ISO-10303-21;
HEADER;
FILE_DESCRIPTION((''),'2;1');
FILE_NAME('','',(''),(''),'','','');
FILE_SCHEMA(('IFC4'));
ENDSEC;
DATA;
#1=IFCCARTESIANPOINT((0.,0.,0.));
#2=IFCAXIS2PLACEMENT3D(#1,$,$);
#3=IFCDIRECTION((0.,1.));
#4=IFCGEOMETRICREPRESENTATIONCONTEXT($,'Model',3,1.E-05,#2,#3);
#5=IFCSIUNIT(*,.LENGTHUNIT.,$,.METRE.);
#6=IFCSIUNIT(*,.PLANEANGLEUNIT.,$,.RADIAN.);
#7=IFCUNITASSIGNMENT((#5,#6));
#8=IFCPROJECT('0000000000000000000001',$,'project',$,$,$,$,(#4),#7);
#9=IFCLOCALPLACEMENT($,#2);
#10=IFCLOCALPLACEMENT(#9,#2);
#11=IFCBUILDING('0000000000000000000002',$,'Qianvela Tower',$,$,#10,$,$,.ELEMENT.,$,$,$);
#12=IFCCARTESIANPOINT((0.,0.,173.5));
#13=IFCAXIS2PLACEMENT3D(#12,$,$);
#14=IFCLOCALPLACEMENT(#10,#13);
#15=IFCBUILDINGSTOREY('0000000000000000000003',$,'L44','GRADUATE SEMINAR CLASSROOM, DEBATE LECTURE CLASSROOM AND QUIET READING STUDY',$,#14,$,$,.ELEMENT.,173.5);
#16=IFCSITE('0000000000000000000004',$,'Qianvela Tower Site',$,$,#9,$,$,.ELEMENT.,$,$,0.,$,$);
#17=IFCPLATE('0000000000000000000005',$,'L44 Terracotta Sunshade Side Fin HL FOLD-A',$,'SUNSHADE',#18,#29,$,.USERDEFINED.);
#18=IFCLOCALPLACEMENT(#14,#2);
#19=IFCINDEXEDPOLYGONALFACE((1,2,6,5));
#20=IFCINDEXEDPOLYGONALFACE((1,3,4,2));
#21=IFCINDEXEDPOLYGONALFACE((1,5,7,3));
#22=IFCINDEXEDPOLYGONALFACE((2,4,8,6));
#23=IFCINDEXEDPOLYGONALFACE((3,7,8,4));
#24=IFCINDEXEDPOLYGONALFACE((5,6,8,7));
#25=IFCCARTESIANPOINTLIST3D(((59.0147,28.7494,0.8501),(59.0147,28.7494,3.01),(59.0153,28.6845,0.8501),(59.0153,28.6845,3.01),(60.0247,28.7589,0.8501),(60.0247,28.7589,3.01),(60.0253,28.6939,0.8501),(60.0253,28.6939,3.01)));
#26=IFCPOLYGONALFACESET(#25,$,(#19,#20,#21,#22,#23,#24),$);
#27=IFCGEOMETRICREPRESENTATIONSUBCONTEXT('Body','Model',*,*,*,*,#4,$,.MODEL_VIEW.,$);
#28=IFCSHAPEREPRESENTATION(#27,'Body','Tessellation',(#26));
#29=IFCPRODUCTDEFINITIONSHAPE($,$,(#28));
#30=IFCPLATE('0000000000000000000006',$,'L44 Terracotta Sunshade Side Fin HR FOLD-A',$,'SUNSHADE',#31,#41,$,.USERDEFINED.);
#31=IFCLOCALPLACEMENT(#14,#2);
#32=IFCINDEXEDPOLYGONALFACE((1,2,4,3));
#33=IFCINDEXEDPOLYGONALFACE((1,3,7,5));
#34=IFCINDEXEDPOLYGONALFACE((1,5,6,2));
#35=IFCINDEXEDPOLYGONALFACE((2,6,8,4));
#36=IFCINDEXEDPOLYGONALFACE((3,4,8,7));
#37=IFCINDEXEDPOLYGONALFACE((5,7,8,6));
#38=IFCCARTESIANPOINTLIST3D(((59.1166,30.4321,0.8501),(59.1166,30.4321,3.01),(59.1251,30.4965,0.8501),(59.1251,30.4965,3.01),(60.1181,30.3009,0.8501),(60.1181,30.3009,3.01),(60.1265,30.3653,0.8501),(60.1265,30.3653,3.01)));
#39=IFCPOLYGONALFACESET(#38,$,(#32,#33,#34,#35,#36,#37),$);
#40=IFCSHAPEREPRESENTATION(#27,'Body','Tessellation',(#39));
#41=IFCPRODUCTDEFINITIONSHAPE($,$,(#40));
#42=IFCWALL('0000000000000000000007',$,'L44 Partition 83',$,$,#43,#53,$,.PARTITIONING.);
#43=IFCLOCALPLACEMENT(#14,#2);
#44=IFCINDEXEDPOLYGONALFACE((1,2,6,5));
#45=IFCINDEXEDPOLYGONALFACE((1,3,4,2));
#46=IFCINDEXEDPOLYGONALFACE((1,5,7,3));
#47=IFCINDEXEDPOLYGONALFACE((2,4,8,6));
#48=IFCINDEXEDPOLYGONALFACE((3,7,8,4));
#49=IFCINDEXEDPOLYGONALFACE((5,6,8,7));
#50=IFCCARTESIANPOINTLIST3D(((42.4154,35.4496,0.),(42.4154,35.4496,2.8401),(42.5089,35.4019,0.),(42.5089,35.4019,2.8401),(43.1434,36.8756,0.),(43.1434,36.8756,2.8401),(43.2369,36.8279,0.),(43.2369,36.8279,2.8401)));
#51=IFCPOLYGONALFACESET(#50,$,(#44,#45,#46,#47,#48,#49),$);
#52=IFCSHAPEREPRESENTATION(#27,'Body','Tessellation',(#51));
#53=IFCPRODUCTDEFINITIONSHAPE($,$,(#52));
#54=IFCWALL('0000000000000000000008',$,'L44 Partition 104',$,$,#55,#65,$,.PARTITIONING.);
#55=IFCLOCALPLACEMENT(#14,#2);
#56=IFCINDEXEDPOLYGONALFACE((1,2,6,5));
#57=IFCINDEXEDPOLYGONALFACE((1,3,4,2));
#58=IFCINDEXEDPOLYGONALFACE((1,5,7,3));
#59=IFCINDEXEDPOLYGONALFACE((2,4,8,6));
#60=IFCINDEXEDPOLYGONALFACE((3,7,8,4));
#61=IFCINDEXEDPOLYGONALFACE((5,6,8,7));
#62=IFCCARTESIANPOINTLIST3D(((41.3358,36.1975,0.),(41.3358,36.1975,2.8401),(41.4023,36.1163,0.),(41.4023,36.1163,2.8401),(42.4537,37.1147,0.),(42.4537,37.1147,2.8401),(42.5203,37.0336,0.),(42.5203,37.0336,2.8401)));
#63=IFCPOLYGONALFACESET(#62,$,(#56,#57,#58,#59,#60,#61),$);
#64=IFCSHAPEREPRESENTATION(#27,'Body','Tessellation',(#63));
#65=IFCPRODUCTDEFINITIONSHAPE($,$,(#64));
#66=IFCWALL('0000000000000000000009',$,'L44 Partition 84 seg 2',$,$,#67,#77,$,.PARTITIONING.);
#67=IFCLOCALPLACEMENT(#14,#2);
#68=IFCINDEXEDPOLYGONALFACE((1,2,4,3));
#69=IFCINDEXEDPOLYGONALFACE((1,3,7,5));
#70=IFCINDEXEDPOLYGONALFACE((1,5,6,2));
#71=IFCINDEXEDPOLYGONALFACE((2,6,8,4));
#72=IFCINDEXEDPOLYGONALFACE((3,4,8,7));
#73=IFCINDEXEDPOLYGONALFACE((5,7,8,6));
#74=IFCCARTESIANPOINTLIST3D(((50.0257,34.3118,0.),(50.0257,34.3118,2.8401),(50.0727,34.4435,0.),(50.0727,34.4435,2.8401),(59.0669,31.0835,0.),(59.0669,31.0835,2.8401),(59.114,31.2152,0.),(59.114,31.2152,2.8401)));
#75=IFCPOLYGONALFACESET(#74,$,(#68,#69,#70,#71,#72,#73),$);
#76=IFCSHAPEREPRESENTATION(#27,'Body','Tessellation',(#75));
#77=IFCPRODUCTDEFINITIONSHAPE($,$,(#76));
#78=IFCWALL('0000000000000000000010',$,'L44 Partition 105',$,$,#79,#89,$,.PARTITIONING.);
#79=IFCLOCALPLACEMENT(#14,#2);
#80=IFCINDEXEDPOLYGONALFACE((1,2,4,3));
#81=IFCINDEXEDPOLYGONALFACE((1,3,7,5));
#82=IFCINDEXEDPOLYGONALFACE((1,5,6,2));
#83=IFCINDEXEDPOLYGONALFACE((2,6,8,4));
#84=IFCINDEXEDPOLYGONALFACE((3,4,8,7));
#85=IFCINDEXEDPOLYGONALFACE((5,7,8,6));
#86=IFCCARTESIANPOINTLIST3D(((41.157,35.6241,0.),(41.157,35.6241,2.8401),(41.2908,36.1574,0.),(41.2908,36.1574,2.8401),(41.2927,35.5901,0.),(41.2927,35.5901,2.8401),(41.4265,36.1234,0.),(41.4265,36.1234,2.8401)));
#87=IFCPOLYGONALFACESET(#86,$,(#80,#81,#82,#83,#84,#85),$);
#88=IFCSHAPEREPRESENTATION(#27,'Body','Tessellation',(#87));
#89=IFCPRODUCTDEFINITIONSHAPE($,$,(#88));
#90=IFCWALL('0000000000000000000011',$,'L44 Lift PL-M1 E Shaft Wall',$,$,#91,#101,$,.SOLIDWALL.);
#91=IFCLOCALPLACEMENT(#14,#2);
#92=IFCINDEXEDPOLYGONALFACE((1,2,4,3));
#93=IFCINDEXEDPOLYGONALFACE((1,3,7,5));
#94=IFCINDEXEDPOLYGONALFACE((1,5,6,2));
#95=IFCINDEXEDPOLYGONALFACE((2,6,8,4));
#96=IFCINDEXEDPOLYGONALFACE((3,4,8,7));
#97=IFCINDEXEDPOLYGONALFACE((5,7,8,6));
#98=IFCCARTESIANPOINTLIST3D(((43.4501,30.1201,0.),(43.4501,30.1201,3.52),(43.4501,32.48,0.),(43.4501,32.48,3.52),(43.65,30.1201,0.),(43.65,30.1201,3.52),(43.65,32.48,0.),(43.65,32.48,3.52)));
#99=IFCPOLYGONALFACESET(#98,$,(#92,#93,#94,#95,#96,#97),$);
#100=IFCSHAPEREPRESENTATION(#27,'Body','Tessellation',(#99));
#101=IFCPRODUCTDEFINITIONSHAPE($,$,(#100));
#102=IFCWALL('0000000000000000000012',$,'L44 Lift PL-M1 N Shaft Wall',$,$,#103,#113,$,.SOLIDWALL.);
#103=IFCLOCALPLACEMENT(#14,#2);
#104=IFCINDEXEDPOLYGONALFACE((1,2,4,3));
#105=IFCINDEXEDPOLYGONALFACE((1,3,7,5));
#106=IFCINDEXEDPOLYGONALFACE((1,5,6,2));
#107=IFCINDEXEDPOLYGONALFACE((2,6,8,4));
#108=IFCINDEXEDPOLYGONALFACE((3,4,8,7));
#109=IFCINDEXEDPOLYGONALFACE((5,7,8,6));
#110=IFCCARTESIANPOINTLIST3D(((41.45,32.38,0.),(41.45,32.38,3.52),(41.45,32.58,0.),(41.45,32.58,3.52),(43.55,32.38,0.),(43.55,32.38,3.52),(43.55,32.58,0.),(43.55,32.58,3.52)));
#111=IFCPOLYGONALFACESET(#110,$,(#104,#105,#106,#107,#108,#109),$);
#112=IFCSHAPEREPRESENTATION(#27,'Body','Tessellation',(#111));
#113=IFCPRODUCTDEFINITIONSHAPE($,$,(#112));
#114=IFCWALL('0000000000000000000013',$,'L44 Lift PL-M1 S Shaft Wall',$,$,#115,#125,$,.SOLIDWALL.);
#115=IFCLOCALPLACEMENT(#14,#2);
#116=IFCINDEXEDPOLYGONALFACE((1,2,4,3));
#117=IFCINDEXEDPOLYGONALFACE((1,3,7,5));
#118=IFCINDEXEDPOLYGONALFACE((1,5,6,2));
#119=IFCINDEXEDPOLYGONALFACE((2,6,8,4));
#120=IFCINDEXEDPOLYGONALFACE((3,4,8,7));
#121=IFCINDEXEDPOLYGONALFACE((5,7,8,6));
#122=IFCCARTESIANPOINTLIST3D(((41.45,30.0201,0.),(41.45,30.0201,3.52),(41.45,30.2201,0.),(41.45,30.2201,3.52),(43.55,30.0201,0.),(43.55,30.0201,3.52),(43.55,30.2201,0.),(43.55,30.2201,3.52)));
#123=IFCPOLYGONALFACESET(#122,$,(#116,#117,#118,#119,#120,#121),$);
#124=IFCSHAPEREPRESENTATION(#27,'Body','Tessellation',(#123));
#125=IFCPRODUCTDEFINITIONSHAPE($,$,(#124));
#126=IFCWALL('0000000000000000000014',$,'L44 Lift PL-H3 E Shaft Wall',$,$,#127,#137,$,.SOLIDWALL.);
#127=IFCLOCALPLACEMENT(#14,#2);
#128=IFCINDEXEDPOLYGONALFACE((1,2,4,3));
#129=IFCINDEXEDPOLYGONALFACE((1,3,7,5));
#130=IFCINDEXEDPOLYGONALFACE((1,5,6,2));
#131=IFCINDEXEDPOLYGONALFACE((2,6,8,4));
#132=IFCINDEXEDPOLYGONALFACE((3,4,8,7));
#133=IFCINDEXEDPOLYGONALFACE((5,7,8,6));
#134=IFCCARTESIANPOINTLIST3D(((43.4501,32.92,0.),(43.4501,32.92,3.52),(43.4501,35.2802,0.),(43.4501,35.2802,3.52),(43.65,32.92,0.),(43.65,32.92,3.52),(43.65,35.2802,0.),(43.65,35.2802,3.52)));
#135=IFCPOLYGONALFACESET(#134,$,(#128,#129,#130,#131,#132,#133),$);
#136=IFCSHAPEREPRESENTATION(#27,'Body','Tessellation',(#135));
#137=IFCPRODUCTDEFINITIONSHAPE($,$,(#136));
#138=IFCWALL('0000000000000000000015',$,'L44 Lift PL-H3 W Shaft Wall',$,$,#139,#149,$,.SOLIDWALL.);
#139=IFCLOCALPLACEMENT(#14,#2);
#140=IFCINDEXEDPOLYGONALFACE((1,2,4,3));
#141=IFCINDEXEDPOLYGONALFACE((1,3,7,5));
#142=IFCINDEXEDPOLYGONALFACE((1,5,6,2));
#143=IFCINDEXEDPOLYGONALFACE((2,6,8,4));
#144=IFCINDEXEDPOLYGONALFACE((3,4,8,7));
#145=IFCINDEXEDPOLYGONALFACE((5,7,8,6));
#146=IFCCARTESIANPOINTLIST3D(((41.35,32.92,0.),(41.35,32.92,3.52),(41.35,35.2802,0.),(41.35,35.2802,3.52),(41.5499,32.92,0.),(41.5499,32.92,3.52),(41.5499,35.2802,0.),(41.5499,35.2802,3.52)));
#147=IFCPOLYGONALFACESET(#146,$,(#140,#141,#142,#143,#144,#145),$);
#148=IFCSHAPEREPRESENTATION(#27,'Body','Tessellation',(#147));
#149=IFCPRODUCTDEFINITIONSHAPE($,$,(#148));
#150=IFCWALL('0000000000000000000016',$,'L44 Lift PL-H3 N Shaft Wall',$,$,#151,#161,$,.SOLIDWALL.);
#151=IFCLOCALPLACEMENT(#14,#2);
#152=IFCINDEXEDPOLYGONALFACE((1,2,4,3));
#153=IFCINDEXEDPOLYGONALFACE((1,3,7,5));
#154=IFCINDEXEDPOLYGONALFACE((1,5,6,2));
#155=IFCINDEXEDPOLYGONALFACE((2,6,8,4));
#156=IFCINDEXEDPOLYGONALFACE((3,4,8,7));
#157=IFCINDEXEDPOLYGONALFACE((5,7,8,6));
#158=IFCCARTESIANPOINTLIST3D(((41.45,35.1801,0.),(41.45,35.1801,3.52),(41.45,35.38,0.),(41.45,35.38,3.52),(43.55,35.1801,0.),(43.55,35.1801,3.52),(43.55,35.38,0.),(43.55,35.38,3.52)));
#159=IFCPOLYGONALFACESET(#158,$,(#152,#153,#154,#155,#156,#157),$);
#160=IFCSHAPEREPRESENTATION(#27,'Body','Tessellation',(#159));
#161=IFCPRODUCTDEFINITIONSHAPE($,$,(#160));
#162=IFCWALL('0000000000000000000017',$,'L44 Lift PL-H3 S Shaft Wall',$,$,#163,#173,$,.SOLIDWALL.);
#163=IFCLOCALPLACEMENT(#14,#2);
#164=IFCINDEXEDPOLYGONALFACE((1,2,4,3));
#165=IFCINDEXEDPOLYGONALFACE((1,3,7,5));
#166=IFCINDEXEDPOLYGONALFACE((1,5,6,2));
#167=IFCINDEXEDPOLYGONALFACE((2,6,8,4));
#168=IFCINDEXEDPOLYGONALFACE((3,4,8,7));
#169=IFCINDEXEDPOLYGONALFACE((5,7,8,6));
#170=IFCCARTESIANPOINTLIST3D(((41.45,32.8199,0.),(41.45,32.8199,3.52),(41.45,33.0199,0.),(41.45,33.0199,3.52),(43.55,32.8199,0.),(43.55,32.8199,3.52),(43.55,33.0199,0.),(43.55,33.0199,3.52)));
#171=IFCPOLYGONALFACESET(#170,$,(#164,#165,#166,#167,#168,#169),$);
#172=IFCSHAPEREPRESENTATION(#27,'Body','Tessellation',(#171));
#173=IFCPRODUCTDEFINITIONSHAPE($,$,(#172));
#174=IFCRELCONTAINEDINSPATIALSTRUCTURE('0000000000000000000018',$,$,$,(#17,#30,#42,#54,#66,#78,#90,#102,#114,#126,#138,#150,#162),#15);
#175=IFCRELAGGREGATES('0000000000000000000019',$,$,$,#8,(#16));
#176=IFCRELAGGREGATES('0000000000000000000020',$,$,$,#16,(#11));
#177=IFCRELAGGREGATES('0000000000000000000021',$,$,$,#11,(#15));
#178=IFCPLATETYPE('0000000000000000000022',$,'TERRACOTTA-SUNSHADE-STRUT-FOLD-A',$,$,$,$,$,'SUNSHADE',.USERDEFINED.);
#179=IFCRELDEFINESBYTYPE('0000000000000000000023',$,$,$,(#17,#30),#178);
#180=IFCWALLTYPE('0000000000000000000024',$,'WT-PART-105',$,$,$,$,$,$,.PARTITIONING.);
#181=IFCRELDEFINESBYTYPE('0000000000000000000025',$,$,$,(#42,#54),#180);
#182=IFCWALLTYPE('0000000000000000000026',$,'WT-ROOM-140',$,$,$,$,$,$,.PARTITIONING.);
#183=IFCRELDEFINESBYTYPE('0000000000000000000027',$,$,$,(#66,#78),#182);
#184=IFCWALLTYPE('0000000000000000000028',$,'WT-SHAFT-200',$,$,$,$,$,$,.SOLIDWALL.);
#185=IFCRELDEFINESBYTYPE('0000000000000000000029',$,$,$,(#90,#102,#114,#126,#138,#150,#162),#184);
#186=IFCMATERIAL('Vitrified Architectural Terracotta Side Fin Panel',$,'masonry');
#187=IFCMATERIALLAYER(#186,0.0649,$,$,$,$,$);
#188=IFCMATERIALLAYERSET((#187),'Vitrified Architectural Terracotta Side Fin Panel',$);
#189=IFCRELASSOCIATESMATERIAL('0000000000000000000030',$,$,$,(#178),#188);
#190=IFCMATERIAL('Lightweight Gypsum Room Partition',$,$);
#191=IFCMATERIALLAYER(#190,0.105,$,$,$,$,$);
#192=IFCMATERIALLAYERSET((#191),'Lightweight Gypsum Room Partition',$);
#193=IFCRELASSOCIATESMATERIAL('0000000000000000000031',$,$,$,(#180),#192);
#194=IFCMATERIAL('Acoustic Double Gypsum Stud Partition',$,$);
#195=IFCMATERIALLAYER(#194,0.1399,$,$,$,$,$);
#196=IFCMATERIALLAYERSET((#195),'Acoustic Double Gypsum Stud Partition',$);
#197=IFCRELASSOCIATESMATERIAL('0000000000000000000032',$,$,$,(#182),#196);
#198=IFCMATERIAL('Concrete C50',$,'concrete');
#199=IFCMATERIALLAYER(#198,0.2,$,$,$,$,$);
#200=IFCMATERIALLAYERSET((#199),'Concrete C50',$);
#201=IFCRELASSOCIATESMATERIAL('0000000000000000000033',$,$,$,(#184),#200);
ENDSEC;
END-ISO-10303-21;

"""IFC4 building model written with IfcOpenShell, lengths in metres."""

from ifc_helpers import new_model, si_unit, direction, frame, frame_2d, origin, origin_2d, place, context, subcontext, project, spatial, rectangle, extrude, material, layer, layer_set, type_object, element, save


model = new_model("IFC4")

# Units and contexts
model_context = context("Model", 3, precision=1e-05, world=origin(), true_north=direction((0.0, 1.0)))
body_context = subcontext(model_context, "Body", "Model", "MODEL_VIEW")
ifc_project = project(units=[si_unit("LENGTHUNIT", "METRE"), si_unit("PLANEANGLEUNIT", "RADIAN")], contexts=[model_context])

# Site, building, storey
site_placement = place(None, origin())
site = spatial("IfcSite", under=ifc_project, at=site_placement, Name="Qianvela Tower Site", CompositionType="ELEMENT", RefElevation=0.0)
building_placement = place(site_placement, origin())
building = spatial("IfcBuilding", under=site, at=building_placement, Name="Qianvela Tower", CompositionType="ELEMENT")
storey_placement = place(building_placement, frame((0.0, 0.0, 173.5)))
storey = spatial("IfcBuildingStorey", under=building, at=storey_placement, Name="L44", Description="GRADUATE SEMINAR CLASSROOM, DEBATE LECTURE CLASSROOM AND QUIET READING STUDY", CompositionType="ELEMENT", Elevation=173.5)

# Plates
ifc_material_1 = material(Name="Vitrified Architectural Terracotta Side Fin Panel", Category="masonry")
ifc_layer_1 = layer(ifc_material_1, 0.0649)
ifc_layer_set_1 = layer_set([ifc_layer_1], Name="Vitrified Architectural Terracotta Side Fin Panel")
plate_type_1 = type_object("IfcPlateType", Name="TERRACOTTA-SUNSHADE-STRUT-FOLD-A", ElementType="SUNSHADE", PredefinedType="USERDEFINED", material=ifc_layer_set_1)
for number, where, z_axis, x_axis, name in (
    (1, (59.52, 28.7217, 0.8501), (0.0, 0.0, 1.0), (-0.009364, 0.999956, 0.0), "L44 Terracotta Sunshade Side Fin HL FOLD-A"),
    (2, (59.6216, 30.3987, 0.8501), (0.0, 0.0, 1.0), (0.129895, 0.991528, 0.0), "L44 Terracotta Sunshade Side Fin HR FOLD-A"),
):
    element("IfcPlate", number, at=place(storey_placement, frame(where, z_axis=z_axis, x_axis=x_axis)), inside=storey, type_object=plate_type_1, Name=name, ObjectType="SUNSHADE", PredefinedType="USERDEFINED", context=body_context, shape_type="SweptSolid", body=[
        extrude(rectangle(XDim=0.0649, YDim=1.01, at=origin_2d()), origin(), (0.0, 0.0, 1.0), 2.1599),
    ])

# Walls
ifc_material_2 = material(Name="Lightweight Gypsum Room Partition")
ifc_layer_2 = layer(ifc_material_2, 0.105)
ifc_layer_set_2 = layer_set([ifc_layer_2], Name="Lightweight Gypsum Room Partition")
wall_type_1 = type_object("IfcWallType", Name="WT-PART-105", PredefinedType="PARTITIONING", material=ifc_layer_set_2)
wall_1_placement = place(storey_placement, frame((42.4622, 35.4258, 0.0), z_axis=(0.0, 0.0, 1.0), x_axis=(0.4547, 0.890645, 0.0)))
element("IfcWall", 3, at=wall_1_placement, inside=storey, type_object=wall_type_1, Name="L44 Partition 83", PredefinedType="PARTITIONING", context=body_context, shape_type="SweptSolid", body=[
    extrude(rectangle(XDim=1.6011, YDim=0.105, at=frame_2d((0.8005, 0.0))), origin(), (0.0, 0.0, 1.0), 2.8401),
])
wall_2_placement = place(storey_placement, frame((42.4871, 37.0742, 0.0), z_axis=(0.0, 0.0, 1.0), x_axis=(-0.773084, -0.634304, 0.0)))
element("IfcWall", 4, at=wall_2_placement, inside=storey, type_object=wall_type_1, Name="L44 Partition 104", PredefinedType="PARTITIONING", context=body_context, shape_type="SweptSolid", body=[
    extrude(rectangle(XDim=1.446, YDim=0.105, at=frame_2d((0.7231, 0.0))), origin(), (0.0, 0.0, 1.0), 2.8401),
])
ifc_material_3 = material(Name="Acoustic Double Gypsum Stud Partition")
ifc_layer_3 = layer(ifc_material_3, 0.1399)
ifc_layer_set_3 = layer_set([ifc_layer_3], Name="Acoustic Double Gypsum Stud Partition")
wall_type_2 = type_object("IfcWallType", Name="WT-ROOM-140", PredefinedType="PARTITIONING", material=ifc_layer_set_3)
wall_3_placement = place(storey_placement, frame((50.0491, 34.3777, 0.0), z_axis=(0.0, 0.0, 1.0), x_axis=(0.941767, -0.336267, 0.0)))
element("IfcWall", 5, at=wall_3_placement, inside=storey, type_object=wall_type_2, Name="L44 Partition 84 seg 2", PredefinedType="PARTITIONING", context=body_context, shape_type="SweptSolid", body=[
    extrude(rectangle(XDim=9.6003, YDim=0.1399, at=frame_2d((4.8003, 0.0))), origin(), (0.0, 0.0, 1.0), 2.8401),
])
wall_4_placement = place(storey_placement, frame((41.3586, 36.1404, 0.0), z_axis=(0.0, 0.0, 1.0), x_axis=(-0.243372, -0.969933, 0.0)))
element("IfcWall", 6, at=wall_4_placement, inside=storey, type_object=wall_type_2, Name="L44 Partition 105", PredefinedType="PARTITIONING", context=body_context, shape_type="SweptSolid", body=[
    extrude(rectangle(XDim=0.5498, YDim=0.1399, at=frame_2d((0.2749, 0.0))), origin(), (0.0, 0.0, 1.0), 2.8401),
])
ifc_material_4 = material(Name="Concrete C50", Category="concrete")
ifc_layer_4 = layer(ifc_material_4, 0.2)
ifc_layer_set_4 = layer_set([ifc_layer_4], Name="Concrete C50")
wall_type_3 = type_object("IfcWallType", Name="WT-SHAFT-200", PredefinedType="SOLIDWALL", material=ifc_layer_set_4)
wall_5_placement = place(storey_placement, frame((43.55, 30.1201, 0.0), z_axis=(0.0, 0.0, 1.0), x_axis=(0.0, 1.0, 0.0)))
element("IfcWall", 7, at=wall_5_placement, inside=storey, type_object=wall_type_3, Name="L44 Lift PL-M1 E Shaft Wall", PredefinedType="SOLIDWALL", context=body_context, shape_type="SweptSolid", body=[
    extrude(rectangle(XDim=2.3599, YDim=0.2, at=frame_2d((1.1799, 0.0))), origin(), (0.0, 0.0, 1.0), 3.52),
])

# Walls
for number, where, z_axis, x_axis, name in (
    (8, (41.45, 32.48, 0.0), (0.0, 0.0, 1.0), (1.0, 0.0, 0.0), "L44 Lift PL-M1 N Shaft Wall"),
    (9, (41.45, 30.1201, 0.0), (0.0, 0.0, 1.0), (1.0, 0.0, 0.0), "L44 Lift PL-M1 S Shaft Wall"),
):
    element("IfcWall", number, at=place(storey_placement, frame(where, z_axis=z_axis, x_axis=x_axis)), inside=storey, type_object=wall_type_3, Name=name, PredefinedType="SOLIDWALL", context=body_context, shape_type="SweptSolid", body=[
        extrude(rectangle(XDim=2.1001, YDim=0.2, at=frame_2d((1.05, 0.0))), origin(), (0.0, 0.0, 1.0), 3.52),
    ])
for number, where, z_axis, x_axis, name in (
    (10, (43.55, 32.9199, 0.0), (0.0, 0.0, 1.0), (0.0, 1.0, 0.0), "L44 Lift PL-H3 E Shaft Wall"),
    (11, (41.45, 32.9199, 0.0), (0.0, 0.0, 1.0), (0.0, 1.0, 0.0), "L44 Lift PL-H3 W Shaft Wall"),
):
    element("IfcWall", number, at=place(storey_placement, frame(where, z_axis=z_axis, x_axis=x_axis)), inside=storey, type_object=wall_type_3, Name=name, PredefinedType="SOLIDWALL", context=body_context, shape_type="SweptSolid", body=[
        extrude(rectangle(XDim=2.3601, YDim=0.2, at=frame_2d((1.1802, 0.0))), origin(), (0.0, 0.0, 1.0), 3.52),
    ])
for number, where, z_axis, x_axis, name in (
    (12, (41.45, 35.28, 0.0), (0.0, 0.0, 1.0), (1.0, 0.0, 0.0), "L44 Lift PL-H3 N Shaft Wall"),
    (13, (41.45, 32.9199, 0.0), (0.0, 0.0, 1.0), (1.0, 0.0, 0.0), "L44 Lift PL-H3 S Shaft Wall"),
):
    element("IfcWall", number, at=place(storey_placement, frame(where, z_axis=z_axis, x_axis=x_axis)), inside=storey, type_object=wall_type_3, Name=name, PredefinedType="SOLIDWALL", context=body_context, shape_type="SweptSolid", body=[
        extrude(rectangle(XDim=2.1001, YDim=0.2, at=frame_2d((1.05, 0.0))), origin(), (0.0, 0.0, 1.0), 3.52),
    ])

save(model, "model.ifc")
